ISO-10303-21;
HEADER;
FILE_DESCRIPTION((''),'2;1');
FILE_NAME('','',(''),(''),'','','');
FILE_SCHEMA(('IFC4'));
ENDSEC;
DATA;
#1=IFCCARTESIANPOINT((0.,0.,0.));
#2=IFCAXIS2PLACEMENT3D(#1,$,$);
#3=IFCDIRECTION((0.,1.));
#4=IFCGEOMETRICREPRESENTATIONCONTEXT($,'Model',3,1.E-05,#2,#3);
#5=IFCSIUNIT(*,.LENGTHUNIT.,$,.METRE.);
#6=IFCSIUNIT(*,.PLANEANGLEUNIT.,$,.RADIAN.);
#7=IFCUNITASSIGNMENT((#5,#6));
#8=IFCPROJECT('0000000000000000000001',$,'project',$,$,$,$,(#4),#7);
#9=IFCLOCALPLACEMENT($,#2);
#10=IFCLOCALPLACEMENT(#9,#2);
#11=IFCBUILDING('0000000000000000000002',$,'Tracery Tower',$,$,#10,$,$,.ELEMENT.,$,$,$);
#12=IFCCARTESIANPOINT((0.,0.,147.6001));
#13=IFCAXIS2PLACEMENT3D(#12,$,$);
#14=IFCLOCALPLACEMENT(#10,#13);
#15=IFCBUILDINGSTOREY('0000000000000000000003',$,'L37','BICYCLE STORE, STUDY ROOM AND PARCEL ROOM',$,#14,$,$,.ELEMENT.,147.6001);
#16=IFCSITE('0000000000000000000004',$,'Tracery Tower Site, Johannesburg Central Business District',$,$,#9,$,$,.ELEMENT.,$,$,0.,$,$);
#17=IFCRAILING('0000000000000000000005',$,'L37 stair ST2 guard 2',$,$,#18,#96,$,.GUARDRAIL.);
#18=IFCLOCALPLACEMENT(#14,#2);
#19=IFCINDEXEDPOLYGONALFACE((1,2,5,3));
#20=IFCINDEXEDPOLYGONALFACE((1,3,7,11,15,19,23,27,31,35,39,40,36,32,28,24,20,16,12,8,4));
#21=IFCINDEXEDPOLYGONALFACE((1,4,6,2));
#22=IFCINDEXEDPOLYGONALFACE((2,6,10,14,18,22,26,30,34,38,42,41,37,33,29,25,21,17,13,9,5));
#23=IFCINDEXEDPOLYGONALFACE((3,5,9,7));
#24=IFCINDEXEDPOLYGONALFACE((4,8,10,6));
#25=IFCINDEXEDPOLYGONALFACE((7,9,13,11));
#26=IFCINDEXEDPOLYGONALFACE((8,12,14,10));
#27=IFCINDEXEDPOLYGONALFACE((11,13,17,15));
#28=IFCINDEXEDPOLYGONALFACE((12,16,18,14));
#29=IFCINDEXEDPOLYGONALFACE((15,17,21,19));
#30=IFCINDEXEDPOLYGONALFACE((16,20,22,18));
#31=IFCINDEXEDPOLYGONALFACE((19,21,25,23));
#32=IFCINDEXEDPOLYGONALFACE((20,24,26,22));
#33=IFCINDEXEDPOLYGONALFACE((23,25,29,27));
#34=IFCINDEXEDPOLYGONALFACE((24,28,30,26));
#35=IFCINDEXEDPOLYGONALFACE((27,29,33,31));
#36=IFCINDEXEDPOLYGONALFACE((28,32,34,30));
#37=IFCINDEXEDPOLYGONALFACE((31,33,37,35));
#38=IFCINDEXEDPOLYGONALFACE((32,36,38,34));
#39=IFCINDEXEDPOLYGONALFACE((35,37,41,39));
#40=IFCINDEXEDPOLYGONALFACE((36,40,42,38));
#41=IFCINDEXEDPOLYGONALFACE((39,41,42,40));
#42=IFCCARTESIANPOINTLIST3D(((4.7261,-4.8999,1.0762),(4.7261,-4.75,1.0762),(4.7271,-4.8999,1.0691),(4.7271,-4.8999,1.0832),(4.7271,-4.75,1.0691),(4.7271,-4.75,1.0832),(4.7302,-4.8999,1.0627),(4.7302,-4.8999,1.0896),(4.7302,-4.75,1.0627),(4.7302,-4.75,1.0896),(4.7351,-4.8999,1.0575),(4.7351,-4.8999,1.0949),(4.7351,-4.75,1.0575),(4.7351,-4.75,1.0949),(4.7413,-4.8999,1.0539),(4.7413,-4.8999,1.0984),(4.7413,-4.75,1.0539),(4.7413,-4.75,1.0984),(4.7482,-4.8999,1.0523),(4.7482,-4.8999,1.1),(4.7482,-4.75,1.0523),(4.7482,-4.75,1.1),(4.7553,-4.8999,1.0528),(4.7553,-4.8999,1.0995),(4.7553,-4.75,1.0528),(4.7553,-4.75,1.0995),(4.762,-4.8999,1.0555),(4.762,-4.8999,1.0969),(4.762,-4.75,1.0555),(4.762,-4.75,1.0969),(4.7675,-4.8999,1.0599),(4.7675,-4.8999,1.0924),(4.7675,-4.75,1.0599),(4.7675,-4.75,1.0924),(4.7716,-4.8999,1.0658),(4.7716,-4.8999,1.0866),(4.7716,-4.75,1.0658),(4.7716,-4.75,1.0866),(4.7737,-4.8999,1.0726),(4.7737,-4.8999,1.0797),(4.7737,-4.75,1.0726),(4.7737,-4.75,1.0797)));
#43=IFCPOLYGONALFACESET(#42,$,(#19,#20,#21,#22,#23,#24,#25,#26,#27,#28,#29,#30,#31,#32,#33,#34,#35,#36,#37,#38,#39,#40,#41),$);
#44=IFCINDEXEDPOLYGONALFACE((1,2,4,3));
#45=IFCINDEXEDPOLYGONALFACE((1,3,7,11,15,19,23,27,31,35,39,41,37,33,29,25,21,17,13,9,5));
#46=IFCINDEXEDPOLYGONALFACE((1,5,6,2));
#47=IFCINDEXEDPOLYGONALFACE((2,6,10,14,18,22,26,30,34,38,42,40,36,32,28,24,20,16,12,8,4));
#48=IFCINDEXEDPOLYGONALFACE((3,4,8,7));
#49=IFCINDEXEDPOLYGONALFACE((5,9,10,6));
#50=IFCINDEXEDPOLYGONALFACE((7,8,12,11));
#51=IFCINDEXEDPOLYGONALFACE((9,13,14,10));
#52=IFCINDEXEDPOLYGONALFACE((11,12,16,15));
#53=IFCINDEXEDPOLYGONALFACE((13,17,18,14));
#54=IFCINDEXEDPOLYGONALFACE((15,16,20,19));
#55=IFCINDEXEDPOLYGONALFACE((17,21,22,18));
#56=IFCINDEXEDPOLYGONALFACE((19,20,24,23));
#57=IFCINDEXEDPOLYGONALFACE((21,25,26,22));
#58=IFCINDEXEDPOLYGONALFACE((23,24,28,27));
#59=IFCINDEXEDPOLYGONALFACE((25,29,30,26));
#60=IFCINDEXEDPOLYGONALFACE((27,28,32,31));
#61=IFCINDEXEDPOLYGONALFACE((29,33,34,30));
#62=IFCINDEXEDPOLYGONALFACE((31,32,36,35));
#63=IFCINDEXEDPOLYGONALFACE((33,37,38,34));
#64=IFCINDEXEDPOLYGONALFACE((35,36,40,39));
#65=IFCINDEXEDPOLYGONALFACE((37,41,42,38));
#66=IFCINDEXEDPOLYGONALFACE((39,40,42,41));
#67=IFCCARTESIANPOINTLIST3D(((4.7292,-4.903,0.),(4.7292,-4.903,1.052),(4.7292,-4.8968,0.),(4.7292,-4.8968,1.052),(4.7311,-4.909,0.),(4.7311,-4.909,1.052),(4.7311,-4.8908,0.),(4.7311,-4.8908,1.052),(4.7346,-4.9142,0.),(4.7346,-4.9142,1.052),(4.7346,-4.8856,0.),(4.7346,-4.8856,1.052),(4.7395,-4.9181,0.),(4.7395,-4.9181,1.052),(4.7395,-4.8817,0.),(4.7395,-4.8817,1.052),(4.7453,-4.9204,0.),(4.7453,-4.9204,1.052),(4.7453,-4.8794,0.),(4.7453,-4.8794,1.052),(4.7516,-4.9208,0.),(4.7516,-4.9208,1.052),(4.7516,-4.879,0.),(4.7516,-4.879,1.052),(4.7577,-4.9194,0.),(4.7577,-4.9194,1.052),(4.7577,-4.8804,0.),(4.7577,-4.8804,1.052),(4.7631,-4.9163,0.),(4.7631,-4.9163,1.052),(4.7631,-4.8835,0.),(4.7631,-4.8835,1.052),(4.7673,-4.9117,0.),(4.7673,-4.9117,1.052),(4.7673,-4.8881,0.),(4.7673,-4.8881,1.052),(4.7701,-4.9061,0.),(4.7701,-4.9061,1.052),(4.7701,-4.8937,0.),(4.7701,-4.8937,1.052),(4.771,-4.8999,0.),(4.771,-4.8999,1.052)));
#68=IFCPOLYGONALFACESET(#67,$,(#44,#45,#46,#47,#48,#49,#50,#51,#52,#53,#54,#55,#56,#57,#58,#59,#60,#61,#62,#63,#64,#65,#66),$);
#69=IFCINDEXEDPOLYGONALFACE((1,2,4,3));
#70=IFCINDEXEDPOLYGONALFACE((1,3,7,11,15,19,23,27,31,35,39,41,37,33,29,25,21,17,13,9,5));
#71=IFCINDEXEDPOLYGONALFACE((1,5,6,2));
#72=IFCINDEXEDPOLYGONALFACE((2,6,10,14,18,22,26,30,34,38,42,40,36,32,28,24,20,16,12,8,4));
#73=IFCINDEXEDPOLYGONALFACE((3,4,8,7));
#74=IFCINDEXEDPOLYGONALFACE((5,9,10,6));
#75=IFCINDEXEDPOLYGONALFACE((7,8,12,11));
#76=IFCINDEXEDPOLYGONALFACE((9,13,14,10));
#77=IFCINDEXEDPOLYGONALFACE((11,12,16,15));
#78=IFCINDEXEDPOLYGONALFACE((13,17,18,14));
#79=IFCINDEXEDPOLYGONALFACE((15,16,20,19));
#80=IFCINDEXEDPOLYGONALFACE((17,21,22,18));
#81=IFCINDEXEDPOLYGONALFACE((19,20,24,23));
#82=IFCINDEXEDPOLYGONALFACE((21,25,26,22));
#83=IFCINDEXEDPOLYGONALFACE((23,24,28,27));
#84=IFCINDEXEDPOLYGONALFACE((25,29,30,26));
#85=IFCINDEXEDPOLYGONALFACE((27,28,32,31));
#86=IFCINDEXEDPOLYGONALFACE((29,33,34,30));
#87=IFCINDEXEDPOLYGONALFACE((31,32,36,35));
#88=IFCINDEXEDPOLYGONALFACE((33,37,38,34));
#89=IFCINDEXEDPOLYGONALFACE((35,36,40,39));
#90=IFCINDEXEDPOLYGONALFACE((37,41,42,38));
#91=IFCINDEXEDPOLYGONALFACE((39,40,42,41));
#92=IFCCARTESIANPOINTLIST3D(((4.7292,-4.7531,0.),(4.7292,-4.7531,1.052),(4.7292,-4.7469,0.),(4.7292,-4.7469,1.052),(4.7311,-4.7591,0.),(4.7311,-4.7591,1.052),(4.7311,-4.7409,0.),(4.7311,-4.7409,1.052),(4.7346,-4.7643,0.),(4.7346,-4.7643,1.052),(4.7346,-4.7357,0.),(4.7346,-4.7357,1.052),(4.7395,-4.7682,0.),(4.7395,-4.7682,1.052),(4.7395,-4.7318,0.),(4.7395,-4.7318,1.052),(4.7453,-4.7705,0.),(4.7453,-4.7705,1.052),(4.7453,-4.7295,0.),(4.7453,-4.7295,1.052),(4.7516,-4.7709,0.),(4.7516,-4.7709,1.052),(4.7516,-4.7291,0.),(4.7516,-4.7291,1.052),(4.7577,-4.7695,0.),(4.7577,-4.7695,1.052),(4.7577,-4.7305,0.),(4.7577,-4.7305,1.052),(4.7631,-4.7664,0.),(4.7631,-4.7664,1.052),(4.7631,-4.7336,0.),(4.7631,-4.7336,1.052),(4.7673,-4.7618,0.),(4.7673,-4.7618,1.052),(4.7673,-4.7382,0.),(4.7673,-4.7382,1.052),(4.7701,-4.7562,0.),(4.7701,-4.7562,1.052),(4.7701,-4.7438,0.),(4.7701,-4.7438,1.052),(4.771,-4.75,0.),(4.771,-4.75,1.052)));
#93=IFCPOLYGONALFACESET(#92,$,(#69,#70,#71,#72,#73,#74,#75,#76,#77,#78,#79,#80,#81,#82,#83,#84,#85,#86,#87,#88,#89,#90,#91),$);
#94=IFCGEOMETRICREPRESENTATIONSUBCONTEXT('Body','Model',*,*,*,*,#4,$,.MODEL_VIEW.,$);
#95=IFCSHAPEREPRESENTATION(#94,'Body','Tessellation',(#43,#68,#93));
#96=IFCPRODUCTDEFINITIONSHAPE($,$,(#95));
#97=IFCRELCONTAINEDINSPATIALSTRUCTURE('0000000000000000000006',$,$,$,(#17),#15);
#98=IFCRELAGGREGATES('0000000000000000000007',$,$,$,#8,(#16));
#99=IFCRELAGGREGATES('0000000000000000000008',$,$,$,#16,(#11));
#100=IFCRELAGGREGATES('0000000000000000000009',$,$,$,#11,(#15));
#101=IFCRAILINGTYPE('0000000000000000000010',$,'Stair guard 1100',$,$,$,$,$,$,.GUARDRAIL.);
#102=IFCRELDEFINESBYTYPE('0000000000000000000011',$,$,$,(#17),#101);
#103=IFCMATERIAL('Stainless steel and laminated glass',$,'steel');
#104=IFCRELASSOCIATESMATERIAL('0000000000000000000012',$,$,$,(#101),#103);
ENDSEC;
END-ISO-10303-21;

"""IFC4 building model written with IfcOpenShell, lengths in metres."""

from ifc_helpers import new_model, si_unit, direction, frame, origin, origin_2d, place, context, subcontext, project, spatial, circle, extrude, material, type_object, element, save


model = new_model("IFC4")

# Units and contexts
model_context = context("Model", 3, precision=1e-05, world=origin(), true_north=direction((0.0, 1.0)))
body_context = subcontext(model_context, "Body", "Model", "MODEL_VIEW")
ifc_project = project(units=[si_unit("LENGTHUNIT", "METRE"), si_unit("PLANEANGLEUNIT", "RADIAN")], contexts=[model_context])

# Site, building, storey
site_placement = place(None, origin())
site = spatial("IfcSite", under=ifc_project, at=site_placement, Name="Tracery Tower Site, Johannesburg Central Business District", CompositionType="ELEMENT", RefElevation=0.0)
building_placement = place(site_placement, origin())
building = spatial("IfcBuilding", under=site, at=building_placement, Name="Tracery Tower", CompositionType="ELEMENT")
storey_placement = place(building_placement, frame((0.0, 0.0, 147.6001)))
storey = spatial("IfcBuildingStorey", under=building, at=storey_placement, Name="L37", Description="BICYCLE STORE, STUDY ROOM AND PARCEL ROOM", CompositionType="ELEMENT", Elevation=147.6001)

# Railing
ifc_material_1 = material(Name="Stainless steel and laminated glass", Category="steel")
railing_type_1 = type_object("IfcRailingType", Name="Stair guard 1100", PredefinedType="GUARDRAIL", material=ifc_material_1)
railing_1_placement = place(storey_placement, frame((4.75, -4.8999, 0.0)))
element("IfcRailing", 1, at=railing_1_placement, inside=storey, type_object=railing_type_1, Name="L37 stair ST2 guard 2", PredefinedType="GUARDRAIL", context=body_context, shape_type="SweptSolid", body=[
    extrude(circle(Radius=0.0239, at=origin_2d()), frame((0.0, 0.0, 1.0762), z_axis=(0.0, 1.0, 0.0), x_axis=(-1.0, 0.0, 0.0)), (0.0, 0.0, 1.0), 0.1499),
    extrude(circle(Radius=0.021, at=origin_2d()), origin(), (0.0, 0.0, 1.0), 1.052),
    extrude(circle(Radius=0.021, at=origin_2d()), frame((0.0, 0.1499, 0.0)), (0.0, 0.0, 1.0), 1.052),
])

save(model, "model.ifc")
